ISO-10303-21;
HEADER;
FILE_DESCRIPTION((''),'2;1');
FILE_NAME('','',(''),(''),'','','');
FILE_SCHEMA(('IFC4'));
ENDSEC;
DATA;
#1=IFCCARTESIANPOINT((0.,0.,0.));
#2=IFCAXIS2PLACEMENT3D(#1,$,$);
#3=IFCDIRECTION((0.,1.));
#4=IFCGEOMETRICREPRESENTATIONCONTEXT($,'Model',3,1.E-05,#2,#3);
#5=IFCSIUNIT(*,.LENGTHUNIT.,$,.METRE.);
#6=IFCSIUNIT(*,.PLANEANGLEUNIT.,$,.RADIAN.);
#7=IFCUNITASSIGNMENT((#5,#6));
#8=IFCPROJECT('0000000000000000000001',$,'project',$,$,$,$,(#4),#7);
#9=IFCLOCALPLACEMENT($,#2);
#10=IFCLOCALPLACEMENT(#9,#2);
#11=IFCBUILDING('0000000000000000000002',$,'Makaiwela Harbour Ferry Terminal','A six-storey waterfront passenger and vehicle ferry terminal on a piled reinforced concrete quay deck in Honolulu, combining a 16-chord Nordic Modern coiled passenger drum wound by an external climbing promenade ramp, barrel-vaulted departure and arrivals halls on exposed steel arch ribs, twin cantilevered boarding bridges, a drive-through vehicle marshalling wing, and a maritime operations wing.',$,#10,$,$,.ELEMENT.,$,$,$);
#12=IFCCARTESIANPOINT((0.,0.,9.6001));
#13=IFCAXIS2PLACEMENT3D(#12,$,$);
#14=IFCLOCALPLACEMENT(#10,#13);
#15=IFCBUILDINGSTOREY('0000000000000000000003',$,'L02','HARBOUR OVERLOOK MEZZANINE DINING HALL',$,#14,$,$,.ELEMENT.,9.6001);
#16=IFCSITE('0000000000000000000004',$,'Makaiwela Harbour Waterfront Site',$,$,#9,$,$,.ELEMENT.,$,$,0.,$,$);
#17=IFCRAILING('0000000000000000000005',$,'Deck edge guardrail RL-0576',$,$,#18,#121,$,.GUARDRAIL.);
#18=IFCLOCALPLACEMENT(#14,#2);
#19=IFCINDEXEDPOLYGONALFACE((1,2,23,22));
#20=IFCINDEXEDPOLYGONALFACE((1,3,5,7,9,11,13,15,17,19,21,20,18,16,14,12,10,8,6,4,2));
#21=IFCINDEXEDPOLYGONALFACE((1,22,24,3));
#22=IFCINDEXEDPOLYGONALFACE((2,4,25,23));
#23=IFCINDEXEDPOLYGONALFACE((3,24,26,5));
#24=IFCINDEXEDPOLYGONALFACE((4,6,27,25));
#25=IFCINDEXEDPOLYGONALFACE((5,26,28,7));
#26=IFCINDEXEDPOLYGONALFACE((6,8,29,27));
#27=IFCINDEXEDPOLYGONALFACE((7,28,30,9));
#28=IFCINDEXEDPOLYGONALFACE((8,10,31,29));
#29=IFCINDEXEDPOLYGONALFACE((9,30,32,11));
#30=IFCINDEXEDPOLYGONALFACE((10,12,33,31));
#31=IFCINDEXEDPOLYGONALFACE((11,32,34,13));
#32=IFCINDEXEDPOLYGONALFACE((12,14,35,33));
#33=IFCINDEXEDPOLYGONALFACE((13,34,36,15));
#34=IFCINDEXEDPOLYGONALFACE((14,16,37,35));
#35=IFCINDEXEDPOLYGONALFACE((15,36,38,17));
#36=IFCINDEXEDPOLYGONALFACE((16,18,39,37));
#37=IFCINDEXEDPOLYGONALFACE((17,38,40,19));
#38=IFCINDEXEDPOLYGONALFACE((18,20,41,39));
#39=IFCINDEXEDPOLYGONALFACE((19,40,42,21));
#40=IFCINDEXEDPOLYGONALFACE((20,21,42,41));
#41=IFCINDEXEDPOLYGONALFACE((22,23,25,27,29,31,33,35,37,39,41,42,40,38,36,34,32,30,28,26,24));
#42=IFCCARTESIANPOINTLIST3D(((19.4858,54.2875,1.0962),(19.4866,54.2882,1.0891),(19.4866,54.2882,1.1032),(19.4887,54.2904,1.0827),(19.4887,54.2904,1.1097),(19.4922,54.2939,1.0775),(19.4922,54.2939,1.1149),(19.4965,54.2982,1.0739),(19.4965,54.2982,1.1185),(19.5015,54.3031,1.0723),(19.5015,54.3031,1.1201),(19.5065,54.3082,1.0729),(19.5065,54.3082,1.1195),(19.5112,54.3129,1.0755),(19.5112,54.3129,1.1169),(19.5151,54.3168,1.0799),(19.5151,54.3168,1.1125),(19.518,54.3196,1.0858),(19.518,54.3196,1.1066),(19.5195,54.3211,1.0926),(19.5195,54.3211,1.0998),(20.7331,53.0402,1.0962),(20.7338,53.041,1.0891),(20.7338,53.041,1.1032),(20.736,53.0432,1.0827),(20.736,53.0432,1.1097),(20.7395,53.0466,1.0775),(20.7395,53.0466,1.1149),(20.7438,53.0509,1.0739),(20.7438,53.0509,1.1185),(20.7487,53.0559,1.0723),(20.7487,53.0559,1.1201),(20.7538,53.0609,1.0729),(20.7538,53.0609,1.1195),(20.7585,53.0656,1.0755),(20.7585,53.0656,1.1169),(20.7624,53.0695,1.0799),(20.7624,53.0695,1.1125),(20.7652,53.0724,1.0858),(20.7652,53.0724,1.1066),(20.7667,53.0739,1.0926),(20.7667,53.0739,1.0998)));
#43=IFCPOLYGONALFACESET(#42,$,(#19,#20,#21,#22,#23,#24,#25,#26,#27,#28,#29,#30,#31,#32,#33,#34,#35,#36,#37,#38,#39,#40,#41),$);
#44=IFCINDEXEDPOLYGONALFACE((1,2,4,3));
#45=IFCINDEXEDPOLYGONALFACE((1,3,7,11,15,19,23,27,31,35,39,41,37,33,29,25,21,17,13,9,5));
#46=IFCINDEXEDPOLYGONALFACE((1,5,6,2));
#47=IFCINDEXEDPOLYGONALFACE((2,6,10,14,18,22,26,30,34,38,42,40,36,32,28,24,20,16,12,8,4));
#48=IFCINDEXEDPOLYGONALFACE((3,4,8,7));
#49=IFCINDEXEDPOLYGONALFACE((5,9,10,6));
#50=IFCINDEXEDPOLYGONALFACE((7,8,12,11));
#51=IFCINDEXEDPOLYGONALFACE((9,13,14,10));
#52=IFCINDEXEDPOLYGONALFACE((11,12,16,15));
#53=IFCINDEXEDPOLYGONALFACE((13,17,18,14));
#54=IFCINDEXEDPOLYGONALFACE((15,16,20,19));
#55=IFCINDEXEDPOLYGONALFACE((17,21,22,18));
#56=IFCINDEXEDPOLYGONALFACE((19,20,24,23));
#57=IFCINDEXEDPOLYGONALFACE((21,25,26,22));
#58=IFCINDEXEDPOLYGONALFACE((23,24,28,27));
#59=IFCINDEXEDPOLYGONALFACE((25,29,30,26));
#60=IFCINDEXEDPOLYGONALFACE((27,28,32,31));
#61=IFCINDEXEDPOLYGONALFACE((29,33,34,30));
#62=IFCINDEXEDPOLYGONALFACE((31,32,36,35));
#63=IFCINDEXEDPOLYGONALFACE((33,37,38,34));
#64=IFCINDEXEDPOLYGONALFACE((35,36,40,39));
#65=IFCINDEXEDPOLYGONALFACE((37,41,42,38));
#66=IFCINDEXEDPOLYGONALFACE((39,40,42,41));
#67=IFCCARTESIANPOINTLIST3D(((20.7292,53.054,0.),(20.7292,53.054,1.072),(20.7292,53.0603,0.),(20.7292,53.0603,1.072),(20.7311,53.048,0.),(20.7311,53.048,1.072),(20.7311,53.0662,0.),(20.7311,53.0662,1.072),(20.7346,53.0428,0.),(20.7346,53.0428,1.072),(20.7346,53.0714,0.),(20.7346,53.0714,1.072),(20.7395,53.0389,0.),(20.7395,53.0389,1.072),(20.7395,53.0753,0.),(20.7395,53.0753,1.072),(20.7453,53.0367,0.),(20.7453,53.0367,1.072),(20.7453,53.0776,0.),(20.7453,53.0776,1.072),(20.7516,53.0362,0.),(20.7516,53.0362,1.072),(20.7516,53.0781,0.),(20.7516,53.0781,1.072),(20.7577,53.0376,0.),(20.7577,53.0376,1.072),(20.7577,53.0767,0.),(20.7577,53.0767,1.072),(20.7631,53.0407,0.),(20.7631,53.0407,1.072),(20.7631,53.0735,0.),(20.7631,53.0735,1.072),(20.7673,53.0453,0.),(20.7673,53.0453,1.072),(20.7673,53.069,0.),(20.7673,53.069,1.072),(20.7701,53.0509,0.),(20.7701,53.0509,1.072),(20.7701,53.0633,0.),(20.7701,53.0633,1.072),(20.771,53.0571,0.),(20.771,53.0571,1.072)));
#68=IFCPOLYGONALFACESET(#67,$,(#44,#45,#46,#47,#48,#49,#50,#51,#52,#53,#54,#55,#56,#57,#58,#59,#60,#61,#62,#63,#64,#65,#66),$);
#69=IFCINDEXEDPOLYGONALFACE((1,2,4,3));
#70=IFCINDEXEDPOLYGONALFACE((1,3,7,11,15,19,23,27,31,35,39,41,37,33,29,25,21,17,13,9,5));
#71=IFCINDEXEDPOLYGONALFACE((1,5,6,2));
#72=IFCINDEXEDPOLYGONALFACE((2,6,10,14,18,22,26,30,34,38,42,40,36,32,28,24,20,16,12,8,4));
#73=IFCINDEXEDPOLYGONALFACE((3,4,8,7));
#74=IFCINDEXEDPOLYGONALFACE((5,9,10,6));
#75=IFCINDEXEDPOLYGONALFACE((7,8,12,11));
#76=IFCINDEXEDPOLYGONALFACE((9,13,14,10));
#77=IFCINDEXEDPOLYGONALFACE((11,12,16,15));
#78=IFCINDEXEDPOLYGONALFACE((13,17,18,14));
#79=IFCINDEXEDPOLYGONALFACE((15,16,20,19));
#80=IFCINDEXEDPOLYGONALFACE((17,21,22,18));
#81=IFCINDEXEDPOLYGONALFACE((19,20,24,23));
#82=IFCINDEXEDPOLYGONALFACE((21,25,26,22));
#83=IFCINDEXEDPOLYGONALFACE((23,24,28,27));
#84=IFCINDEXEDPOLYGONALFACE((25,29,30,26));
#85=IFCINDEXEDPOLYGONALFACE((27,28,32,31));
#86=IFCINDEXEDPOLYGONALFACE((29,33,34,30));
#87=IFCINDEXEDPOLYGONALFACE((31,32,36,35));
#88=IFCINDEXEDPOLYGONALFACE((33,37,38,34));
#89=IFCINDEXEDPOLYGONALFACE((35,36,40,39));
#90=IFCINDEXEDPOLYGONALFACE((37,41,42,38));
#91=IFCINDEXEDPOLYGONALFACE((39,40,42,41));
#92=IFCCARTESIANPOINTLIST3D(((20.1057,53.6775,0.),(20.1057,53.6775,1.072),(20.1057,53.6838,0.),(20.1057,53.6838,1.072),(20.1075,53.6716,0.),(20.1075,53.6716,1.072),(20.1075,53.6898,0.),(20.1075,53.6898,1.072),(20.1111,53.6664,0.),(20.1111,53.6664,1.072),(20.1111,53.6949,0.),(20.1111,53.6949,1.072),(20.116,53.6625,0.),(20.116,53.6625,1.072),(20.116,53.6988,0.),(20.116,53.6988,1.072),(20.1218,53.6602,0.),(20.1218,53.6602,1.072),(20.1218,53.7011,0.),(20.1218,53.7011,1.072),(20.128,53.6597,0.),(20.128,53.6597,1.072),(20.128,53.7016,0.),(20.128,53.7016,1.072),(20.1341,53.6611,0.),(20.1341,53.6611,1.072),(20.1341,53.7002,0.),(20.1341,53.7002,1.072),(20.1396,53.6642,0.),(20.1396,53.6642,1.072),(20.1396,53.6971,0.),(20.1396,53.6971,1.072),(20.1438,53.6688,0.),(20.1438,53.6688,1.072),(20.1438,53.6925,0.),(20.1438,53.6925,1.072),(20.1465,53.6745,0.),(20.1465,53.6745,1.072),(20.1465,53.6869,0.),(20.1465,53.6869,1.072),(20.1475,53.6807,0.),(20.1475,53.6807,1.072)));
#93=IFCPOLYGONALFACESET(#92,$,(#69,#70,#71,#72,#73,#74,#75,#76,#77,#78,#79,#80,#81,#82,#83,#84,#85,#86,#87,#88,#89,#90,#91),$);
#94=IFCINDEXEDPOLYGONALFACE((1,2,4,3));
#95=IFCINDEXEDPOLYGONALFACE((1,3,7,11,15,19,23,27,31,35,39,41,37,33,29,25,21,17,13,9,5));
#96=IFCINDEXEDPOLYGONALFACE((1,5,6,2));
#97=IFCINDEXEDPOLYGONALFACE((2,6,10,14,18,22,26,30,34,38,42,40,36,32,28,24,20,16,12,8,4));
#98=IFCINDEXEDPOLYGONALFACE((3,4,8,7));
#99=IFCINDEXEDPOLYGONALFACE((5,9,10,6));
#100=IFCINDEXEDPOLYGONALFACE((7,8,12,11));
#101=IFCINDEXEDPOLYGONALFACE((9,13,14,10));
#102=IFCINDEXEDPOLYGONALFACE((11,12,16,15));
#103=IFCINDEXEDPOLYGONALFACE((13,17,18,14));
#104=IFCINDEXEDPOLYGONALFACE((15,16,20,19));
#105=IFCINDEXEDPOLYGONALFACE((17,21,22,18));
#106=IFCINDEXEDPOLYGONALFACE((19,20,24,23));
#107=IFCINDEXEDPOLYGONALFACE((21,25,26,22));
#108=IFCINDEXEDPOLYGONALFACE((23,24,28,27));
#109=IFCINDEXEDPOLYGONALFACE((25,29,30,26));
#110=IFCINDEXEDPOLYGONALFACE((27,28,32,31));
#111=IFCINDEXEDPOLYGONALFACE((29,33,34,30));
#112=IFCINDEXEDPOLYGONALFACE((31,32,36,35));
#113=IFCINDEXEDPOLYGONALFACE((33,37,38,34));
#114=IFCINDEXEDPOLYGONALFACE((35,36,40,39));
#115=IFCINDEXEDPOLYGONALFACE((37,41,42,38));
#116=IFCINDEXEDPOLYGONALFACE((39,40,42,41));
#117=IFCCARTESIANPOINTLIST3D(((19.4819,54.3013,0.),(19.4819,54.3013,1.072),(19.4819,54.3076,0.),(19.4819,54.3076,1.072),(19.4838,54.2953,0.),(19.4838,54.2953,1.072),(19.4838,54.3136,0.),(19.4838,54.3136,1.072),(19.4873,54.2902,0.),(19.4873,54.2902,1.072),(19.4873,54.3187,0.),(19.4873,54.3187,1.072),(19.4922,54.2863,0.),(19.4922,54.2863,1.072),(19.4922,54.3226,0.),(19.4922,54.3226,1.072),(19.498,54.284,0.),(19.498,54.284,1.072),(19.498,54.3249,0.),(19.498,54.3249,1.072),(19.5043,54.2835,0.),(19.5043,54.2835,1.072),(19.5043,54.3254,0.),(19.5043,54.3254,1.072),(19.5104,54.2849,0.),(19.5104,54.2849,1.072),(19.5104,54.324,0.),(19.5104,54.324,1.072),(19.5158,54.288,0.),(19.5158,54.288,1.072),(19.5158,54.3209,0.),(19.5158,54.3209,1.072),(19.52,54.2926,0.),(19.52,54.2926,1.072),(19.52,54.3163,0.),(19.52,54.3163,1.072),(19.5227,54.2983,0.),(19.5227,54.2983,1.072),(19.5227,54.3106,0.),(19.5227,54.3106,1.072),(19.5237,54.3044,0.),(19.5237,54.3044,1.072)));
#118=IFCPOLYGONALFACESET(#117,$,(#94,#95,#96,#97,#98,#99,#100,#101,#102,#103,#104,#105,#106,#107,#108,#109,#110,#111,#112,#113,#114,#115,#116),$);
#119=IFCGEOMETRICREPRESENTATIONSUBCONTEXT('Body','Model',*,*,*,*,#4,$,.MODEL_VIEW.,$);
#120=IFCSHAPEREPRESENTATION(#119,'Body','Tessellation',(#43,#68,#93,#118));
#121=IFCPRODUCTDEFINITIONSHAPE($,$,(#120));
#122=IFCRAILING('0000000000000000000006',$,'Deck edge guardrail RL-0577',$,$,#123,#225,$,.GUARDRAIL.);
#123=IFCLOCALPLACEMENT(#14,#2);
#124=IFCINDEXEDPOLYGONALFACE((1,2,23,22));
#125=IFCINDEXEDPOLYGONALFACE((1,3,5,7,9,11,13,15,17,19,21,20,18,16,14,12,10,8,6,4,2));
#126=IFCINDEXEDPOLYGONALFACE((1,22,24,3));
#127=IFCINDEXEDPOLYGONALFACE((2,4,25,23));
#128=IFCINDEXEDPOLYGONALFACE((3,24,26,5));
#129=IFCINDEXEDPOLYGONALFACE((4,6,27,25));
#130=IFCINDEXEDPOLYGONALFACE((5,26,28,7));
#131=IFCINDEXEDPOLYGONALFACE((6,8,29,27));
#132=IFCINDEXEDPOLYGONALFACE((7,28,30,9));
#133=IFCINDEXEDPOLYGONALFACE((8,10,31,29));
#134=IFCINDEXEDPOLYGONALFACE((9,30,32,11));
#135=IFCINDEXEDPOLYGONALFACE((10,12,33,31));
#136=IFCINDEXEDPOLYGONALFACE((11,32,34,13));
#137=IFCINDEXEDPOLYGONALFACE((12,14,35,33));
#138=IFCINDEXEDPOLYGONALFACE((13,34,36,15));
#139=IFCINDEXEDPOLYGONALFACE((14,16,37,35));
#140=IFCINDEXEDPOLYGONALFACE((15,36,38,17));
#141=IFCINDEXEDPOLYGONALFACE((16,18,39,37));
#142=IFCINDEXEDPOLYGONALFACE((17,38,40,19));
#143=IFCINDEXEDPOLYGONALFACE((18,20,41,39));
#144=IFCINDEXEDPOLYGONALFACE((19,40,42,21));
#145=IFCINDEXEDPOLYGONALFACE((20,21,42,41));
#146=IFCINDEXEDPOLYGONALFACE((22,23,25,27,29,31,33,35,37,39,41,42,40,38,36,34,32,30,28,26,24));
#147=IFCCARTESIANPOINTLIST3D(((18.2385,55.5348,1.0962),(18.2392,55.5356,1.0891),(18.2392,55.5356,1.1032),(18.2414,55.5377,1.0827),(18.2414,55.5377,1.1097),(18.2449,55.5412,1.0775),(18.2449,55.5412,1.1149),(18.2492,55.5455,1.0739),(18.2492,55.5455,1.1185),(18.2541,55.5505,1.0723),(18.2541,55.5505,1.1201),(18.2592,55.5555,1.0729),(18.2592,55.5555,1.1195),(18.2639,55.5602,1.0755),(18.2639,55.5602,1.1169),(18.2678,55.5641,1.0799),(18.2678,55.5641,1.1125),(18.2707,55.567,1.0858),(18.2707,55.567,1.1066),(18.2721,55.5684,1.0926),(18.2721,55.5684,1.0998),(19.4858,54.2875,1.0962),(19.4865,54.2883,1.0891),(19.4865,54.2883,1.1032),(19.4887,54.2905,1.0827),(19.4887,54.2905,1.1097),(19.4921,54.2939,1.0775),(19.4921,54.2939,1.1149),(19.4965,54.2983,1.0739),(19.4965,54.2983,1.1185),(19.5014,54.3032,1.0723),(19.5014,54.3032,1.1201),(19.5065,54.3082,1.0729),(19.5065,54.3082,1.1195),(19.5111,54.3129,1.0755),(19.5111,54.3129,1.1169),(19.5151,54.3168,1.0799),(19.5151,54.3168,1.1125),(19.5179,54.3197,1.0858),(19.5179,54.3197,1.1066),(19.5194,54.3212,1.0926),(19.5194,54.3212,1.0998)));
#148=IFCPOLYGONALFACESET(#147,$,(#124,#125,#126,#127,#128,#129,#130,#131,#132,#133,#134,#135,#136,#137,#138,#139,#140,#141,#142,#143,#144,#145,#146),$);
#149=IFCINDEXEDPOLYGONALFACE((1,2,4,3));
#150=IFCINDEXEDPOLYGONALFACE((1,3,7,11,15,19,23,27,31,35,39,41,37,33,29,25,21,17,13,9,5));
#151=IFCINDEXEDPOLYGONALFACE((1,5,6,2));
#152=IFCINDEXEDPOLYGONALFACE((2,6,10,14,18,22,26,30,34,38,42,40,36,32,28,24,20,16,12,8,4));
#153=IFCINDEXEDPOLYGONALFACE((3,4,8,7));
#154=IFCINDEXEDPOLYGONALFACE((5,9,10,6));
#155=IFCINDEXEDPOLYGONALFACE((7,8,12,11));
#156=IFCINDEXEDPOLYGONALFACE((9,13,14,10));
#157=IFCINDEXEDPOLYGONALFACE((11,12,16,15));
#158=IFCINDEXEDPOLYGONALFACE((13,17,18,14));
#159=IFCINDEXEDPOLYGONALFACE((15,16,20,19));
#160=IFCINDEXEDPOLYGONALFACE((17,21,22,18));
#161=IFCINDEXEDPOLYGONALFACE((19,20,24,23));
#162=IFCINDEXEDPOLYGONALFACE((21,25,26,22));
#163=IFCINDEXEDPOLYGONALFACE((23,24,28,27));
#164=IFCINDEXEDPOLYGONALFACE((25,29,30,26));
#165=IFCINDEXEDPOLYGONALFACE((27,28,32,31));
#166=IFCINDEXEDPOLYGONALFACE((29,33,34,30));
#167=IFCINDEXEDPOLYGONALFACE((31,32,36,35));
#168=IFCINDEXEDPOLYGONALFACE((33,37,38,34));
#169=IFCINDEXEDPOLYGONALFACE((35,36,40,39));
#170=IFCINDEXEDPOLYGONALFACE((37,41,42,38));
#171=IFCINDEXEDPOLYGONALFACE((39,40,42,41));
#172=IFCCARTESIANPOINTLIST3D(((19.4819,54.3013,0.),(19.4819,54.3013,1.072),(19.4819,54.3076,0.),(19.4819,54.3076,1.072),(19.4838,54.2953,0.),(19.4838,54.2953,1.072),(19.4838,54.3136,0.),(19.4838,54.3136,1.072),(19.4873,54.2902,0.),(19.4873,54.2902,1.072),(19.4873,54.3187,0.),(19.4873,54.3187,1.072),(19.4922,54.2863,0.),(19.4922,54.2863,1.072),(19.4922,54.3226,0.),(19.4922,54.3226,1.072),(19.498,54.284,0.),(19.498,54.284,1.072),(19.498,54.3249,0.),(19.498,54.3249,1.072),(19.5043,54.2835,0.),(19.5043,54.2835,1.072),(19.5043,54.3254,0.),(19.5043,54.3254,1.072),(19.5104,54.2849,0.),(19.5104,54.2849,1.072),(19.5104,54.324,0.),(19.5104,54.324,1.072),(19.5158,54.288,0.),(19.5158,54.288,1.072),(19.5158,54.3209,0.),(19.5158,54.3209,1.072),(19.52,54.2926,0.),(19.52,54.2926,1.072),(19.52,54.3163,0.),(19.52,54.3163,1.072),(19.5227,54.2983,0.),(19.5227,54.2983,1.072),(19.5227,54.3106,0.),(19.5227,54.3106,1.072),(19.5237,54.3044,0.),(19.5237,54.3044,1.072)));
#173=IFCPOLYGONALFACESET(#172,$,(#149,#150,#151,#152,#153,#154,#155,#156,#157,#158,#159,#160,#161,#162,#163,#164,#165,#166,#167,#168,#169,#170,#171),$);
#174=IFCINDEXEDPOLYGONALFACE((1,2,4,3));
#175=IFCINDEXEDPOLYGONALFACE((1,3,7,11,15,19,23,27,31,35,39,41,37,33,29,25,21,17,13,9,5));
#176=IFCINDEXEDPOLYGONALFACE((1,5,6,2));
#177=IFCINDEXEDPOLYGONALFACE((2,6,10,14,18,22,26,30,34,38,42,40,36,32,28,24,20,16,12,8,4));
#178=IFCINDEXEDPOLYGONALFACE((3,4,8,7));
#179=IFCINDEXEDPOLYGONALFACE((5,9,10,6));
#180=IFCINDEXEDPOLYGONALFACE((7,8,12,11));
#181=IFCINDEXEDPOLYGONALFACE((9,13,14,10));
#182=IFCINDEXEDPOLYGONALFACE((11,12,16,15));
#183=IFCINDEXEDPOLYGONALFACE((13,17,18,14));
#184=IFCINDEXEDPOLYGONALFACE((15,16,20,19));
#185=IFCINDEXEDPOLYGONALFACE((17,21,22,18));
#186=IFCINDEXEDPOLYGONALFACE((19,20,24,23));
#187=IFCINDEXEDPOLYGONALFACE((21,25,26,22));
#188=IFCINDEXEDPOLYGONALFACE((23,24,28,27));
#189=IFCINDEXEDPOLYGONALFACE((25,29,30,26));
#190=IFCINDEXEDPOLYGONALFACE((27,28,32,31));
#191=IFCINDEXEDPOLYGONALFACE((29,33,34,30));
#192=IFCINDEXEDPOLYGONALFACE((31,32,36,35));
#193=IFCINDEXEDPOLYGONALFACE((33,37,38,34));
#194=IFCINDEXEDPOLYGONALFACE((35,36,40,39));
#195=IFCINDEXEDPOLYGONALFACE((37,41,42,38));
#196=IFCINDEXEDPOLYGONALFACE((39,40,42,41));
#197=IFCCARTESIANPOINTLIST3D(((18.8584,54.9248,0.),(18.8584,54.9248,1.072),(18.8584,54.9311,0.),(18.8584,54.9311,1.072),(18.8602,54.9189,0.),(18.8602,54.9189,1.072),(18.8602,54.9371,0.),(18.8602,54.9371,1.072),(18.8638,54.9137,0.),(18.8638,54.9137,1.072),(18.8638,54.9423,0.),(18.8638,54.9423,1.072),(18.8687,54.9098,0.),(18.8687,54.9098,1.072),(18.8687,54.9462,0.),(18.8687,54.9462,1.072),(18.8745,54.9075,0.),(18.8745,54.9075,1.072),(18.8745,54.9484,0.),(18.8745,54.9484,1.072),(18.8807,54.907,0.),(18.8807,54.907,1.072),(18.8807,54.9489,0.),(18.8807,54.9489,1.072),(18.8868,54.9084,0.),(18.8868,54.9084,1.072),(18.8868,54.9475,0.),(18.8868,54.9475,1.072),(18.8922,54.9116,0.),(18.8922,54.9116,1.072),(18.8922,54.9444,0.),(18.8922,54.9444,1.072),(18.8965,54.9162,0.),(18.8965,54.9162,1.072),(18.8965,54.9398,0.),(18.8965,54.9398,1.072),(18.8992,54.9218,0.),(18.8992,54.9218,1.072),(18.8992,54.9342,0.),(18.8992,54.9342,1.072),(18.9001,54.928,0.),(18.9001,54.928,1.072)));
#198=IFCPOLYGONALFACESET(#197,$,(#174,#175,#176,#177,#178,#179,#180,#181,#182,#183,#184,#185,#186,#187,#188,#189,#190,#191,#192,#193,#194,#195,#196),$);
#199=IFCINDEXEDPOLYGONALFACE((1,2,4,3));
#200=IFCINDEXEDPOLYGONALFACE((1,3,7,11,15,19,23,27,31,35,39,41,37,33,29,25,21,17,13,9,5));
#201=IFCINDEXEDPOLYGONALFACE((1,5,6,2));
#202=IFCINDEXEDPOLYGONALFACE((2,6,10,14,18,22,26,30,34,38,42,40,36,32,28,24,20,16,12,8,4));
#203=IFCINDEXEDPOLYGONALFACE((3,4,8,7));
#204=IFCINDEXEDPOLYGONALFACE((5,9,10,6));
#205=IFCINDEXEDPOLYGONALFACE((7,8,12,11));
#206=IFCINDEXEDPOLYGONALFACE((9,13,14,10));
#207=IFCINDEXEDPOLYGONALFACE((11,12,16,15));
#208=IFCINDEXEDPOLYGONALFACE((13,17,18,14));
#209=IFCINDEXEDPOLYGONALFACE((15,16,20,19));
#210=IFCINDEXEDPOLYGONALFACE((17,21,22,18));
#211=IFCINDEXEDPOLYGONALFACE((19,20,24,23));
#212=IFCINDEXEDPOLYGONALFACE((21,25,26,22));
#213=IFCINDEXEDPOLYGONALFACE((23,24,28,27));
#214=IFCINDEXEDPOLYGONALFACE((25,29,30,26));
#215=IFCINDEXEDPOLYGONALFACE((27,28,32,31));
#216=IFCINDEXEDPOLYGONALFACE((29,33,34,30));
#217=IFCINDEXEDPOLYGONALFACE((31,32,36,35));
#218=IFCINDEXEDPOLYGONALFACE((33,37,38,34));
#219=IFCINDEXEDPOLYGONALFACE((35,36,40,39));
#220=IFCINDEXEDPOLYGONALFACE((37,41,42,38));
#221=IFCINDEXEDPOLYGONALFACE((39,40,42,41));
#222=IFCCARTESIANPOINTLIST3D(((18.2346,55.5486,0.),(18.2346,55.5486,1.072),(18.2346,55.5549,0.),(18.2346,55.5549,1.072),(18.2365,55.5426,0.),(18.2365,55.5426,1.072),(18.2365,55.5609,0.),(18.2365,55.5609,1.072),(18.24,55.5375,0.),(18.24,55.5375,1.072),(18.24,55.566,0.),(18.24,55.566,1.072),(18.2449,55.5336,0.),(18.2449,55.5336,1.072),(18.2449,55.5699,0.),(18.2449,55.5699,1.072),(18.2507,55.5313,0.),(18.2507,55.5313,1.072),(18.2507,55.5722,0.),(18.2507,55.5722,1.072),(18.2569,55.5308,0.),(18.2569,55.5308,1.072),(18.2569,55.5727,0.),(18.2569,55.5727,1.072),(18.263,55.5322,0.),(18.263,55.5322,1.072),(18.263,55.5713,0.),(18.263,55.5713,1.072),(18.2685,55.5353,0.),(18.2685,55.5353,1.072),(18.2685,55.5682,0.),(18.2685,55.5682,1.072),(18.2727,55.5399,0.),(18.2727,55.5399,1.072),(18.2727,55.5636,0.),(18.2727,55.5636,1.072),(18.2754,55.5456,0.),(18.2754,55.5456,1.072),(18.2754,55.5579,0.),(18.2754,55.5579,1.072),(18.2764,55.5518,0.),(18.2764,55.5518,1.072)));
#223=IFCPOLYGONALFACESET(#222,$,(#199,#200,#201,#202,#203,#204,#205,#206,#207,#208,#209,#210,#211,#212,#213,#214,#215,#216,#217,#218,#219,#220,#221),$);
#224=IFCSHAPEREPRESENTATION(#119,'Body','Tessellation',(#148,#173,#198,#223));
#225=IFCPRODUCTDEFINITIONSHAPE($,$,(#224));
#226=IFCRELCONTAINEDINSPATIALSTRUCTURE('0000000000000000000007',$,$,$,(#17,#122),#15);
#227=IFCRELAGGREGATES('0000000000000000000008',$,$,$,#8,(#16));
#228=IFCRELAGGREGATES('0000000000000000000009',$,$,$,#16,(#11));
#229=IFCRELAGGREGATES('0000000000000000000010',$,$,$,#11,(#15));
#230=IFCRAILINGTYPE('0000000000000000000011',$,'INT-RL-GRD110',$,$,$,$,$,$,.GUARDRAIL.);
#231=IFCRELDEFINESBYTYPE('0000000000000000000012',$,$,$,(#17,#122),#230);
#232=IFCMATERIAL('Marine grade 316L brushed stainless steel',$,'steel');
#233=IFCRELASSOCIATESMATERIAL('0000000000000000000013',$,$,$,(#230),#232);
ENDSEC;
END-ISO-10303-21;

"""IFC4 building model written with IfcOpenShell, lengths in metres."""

from ifc_helpers import new_model, si_unit, direction, frame, origin, origin_2d, place, context, subcontext, project, spatial, circle, extrude, material, type_object, element, save


model = new_model("IFC4")

# Units and contexts
model_context = context("Model", 3, precision=1e-05, world=origin(), true_north=direction((0.0, 1.0)))
body_context = subcontext(model_context, "Body", "Model", "MODEL_VIEW")
ifc_project = project(units=[si_unit("LENGTHUNIT", "METRE"), si_unit("PLANEANGLEUNIT", "RADIAN")], contexts=[model_context])

# Site, building, storey
site_placement = place(None, origin())
site = spatial("IfcSite", under=ifc_project, at=site_placement, Name="Makaiwela Harbour Waterfront Site", CompositionType="ELEMENT", RefElevation=0.0)
building_placement = place(site_placement, origin())
building = spatial("IfcBuilding", under=site, at=building_placement, Name="Makaiwela Harbour Ferry Terminal", Description="A six-storey waterfront passenger and vehicle ferry terminal on a piled reinforced concrete quay deck in Honolulu, combining a 16-chord Nordic Modern coiled passenger drum wound by an external climbing promenade ramp, barrel-vaulted departure and arrivals halls on exposed steel arch ribs, twin cantilevered boarding bridges, a drive-through vehicle marshalling wing, and a maritime operations wing.", CompositionType="ELEMENT")
storey_placement = place(building_placement, frame((0.0, 0.0, 9.6001)))
storey = spatial("IfcBuildingStorey", under=building, at=storey_placement, Name="L02", Description="HARBOUR OVERLOOK MEZZANINE DINING HALL", CompositionType="ELEMENT", Elevation=9.6001)

# Railings
ifc_material_1 = material(Name="Marine grade 316L brushed stainless steel", Category="steel")
railing_type = type_object("IfcRailingType", Name="INT-RL-GRD110", PredefinedType="GUARDRAIL", material=ifc_material_1)
for number, where, name in (
    (1, (20.75, 53.0571, 0.0), "Deck edge guardrail RL-0576"),
    (2, (19.5027, 54.3044, 0.0), "Deck edge guardrail RL-0577"),
):
    element("IfcRailing", number, at=place(storey_placement, frame(where)), inside=storey, type_object=railing_type, Name=name, PredefinedType="GUARDRAIL", context=body_context, shape_type="SweptSolid", body=[
        extrude(circle(Radius=0.0239, at=origin_2d()), frame((0.0, 0.0, 1.0962), z_axis=(-0.707107, 0.707107, 0.0), x_axis=(-0.707107, -0.707107, 0.0)), (0.0, 0.0, 1.0), 1.7639),
        extrude(circle(Radius=0.021, at=origin_2d()), origin(), (0.0, 0.0, 1.0), 1.072),
        extrude(circle(Radius=0.021, at=origin_2d()), frame((-0.6235, 0.6235, 0.0)), (0.0, 0.0, 1.0), 1.072),
        extrude(circle(Radius=0.021, at=origin_2d()), frame((-1.2473, 1.2473, 0.0)), (0.0, 0.0, 1.0), 1.072),
    ])

save(model, "model.ifc")
